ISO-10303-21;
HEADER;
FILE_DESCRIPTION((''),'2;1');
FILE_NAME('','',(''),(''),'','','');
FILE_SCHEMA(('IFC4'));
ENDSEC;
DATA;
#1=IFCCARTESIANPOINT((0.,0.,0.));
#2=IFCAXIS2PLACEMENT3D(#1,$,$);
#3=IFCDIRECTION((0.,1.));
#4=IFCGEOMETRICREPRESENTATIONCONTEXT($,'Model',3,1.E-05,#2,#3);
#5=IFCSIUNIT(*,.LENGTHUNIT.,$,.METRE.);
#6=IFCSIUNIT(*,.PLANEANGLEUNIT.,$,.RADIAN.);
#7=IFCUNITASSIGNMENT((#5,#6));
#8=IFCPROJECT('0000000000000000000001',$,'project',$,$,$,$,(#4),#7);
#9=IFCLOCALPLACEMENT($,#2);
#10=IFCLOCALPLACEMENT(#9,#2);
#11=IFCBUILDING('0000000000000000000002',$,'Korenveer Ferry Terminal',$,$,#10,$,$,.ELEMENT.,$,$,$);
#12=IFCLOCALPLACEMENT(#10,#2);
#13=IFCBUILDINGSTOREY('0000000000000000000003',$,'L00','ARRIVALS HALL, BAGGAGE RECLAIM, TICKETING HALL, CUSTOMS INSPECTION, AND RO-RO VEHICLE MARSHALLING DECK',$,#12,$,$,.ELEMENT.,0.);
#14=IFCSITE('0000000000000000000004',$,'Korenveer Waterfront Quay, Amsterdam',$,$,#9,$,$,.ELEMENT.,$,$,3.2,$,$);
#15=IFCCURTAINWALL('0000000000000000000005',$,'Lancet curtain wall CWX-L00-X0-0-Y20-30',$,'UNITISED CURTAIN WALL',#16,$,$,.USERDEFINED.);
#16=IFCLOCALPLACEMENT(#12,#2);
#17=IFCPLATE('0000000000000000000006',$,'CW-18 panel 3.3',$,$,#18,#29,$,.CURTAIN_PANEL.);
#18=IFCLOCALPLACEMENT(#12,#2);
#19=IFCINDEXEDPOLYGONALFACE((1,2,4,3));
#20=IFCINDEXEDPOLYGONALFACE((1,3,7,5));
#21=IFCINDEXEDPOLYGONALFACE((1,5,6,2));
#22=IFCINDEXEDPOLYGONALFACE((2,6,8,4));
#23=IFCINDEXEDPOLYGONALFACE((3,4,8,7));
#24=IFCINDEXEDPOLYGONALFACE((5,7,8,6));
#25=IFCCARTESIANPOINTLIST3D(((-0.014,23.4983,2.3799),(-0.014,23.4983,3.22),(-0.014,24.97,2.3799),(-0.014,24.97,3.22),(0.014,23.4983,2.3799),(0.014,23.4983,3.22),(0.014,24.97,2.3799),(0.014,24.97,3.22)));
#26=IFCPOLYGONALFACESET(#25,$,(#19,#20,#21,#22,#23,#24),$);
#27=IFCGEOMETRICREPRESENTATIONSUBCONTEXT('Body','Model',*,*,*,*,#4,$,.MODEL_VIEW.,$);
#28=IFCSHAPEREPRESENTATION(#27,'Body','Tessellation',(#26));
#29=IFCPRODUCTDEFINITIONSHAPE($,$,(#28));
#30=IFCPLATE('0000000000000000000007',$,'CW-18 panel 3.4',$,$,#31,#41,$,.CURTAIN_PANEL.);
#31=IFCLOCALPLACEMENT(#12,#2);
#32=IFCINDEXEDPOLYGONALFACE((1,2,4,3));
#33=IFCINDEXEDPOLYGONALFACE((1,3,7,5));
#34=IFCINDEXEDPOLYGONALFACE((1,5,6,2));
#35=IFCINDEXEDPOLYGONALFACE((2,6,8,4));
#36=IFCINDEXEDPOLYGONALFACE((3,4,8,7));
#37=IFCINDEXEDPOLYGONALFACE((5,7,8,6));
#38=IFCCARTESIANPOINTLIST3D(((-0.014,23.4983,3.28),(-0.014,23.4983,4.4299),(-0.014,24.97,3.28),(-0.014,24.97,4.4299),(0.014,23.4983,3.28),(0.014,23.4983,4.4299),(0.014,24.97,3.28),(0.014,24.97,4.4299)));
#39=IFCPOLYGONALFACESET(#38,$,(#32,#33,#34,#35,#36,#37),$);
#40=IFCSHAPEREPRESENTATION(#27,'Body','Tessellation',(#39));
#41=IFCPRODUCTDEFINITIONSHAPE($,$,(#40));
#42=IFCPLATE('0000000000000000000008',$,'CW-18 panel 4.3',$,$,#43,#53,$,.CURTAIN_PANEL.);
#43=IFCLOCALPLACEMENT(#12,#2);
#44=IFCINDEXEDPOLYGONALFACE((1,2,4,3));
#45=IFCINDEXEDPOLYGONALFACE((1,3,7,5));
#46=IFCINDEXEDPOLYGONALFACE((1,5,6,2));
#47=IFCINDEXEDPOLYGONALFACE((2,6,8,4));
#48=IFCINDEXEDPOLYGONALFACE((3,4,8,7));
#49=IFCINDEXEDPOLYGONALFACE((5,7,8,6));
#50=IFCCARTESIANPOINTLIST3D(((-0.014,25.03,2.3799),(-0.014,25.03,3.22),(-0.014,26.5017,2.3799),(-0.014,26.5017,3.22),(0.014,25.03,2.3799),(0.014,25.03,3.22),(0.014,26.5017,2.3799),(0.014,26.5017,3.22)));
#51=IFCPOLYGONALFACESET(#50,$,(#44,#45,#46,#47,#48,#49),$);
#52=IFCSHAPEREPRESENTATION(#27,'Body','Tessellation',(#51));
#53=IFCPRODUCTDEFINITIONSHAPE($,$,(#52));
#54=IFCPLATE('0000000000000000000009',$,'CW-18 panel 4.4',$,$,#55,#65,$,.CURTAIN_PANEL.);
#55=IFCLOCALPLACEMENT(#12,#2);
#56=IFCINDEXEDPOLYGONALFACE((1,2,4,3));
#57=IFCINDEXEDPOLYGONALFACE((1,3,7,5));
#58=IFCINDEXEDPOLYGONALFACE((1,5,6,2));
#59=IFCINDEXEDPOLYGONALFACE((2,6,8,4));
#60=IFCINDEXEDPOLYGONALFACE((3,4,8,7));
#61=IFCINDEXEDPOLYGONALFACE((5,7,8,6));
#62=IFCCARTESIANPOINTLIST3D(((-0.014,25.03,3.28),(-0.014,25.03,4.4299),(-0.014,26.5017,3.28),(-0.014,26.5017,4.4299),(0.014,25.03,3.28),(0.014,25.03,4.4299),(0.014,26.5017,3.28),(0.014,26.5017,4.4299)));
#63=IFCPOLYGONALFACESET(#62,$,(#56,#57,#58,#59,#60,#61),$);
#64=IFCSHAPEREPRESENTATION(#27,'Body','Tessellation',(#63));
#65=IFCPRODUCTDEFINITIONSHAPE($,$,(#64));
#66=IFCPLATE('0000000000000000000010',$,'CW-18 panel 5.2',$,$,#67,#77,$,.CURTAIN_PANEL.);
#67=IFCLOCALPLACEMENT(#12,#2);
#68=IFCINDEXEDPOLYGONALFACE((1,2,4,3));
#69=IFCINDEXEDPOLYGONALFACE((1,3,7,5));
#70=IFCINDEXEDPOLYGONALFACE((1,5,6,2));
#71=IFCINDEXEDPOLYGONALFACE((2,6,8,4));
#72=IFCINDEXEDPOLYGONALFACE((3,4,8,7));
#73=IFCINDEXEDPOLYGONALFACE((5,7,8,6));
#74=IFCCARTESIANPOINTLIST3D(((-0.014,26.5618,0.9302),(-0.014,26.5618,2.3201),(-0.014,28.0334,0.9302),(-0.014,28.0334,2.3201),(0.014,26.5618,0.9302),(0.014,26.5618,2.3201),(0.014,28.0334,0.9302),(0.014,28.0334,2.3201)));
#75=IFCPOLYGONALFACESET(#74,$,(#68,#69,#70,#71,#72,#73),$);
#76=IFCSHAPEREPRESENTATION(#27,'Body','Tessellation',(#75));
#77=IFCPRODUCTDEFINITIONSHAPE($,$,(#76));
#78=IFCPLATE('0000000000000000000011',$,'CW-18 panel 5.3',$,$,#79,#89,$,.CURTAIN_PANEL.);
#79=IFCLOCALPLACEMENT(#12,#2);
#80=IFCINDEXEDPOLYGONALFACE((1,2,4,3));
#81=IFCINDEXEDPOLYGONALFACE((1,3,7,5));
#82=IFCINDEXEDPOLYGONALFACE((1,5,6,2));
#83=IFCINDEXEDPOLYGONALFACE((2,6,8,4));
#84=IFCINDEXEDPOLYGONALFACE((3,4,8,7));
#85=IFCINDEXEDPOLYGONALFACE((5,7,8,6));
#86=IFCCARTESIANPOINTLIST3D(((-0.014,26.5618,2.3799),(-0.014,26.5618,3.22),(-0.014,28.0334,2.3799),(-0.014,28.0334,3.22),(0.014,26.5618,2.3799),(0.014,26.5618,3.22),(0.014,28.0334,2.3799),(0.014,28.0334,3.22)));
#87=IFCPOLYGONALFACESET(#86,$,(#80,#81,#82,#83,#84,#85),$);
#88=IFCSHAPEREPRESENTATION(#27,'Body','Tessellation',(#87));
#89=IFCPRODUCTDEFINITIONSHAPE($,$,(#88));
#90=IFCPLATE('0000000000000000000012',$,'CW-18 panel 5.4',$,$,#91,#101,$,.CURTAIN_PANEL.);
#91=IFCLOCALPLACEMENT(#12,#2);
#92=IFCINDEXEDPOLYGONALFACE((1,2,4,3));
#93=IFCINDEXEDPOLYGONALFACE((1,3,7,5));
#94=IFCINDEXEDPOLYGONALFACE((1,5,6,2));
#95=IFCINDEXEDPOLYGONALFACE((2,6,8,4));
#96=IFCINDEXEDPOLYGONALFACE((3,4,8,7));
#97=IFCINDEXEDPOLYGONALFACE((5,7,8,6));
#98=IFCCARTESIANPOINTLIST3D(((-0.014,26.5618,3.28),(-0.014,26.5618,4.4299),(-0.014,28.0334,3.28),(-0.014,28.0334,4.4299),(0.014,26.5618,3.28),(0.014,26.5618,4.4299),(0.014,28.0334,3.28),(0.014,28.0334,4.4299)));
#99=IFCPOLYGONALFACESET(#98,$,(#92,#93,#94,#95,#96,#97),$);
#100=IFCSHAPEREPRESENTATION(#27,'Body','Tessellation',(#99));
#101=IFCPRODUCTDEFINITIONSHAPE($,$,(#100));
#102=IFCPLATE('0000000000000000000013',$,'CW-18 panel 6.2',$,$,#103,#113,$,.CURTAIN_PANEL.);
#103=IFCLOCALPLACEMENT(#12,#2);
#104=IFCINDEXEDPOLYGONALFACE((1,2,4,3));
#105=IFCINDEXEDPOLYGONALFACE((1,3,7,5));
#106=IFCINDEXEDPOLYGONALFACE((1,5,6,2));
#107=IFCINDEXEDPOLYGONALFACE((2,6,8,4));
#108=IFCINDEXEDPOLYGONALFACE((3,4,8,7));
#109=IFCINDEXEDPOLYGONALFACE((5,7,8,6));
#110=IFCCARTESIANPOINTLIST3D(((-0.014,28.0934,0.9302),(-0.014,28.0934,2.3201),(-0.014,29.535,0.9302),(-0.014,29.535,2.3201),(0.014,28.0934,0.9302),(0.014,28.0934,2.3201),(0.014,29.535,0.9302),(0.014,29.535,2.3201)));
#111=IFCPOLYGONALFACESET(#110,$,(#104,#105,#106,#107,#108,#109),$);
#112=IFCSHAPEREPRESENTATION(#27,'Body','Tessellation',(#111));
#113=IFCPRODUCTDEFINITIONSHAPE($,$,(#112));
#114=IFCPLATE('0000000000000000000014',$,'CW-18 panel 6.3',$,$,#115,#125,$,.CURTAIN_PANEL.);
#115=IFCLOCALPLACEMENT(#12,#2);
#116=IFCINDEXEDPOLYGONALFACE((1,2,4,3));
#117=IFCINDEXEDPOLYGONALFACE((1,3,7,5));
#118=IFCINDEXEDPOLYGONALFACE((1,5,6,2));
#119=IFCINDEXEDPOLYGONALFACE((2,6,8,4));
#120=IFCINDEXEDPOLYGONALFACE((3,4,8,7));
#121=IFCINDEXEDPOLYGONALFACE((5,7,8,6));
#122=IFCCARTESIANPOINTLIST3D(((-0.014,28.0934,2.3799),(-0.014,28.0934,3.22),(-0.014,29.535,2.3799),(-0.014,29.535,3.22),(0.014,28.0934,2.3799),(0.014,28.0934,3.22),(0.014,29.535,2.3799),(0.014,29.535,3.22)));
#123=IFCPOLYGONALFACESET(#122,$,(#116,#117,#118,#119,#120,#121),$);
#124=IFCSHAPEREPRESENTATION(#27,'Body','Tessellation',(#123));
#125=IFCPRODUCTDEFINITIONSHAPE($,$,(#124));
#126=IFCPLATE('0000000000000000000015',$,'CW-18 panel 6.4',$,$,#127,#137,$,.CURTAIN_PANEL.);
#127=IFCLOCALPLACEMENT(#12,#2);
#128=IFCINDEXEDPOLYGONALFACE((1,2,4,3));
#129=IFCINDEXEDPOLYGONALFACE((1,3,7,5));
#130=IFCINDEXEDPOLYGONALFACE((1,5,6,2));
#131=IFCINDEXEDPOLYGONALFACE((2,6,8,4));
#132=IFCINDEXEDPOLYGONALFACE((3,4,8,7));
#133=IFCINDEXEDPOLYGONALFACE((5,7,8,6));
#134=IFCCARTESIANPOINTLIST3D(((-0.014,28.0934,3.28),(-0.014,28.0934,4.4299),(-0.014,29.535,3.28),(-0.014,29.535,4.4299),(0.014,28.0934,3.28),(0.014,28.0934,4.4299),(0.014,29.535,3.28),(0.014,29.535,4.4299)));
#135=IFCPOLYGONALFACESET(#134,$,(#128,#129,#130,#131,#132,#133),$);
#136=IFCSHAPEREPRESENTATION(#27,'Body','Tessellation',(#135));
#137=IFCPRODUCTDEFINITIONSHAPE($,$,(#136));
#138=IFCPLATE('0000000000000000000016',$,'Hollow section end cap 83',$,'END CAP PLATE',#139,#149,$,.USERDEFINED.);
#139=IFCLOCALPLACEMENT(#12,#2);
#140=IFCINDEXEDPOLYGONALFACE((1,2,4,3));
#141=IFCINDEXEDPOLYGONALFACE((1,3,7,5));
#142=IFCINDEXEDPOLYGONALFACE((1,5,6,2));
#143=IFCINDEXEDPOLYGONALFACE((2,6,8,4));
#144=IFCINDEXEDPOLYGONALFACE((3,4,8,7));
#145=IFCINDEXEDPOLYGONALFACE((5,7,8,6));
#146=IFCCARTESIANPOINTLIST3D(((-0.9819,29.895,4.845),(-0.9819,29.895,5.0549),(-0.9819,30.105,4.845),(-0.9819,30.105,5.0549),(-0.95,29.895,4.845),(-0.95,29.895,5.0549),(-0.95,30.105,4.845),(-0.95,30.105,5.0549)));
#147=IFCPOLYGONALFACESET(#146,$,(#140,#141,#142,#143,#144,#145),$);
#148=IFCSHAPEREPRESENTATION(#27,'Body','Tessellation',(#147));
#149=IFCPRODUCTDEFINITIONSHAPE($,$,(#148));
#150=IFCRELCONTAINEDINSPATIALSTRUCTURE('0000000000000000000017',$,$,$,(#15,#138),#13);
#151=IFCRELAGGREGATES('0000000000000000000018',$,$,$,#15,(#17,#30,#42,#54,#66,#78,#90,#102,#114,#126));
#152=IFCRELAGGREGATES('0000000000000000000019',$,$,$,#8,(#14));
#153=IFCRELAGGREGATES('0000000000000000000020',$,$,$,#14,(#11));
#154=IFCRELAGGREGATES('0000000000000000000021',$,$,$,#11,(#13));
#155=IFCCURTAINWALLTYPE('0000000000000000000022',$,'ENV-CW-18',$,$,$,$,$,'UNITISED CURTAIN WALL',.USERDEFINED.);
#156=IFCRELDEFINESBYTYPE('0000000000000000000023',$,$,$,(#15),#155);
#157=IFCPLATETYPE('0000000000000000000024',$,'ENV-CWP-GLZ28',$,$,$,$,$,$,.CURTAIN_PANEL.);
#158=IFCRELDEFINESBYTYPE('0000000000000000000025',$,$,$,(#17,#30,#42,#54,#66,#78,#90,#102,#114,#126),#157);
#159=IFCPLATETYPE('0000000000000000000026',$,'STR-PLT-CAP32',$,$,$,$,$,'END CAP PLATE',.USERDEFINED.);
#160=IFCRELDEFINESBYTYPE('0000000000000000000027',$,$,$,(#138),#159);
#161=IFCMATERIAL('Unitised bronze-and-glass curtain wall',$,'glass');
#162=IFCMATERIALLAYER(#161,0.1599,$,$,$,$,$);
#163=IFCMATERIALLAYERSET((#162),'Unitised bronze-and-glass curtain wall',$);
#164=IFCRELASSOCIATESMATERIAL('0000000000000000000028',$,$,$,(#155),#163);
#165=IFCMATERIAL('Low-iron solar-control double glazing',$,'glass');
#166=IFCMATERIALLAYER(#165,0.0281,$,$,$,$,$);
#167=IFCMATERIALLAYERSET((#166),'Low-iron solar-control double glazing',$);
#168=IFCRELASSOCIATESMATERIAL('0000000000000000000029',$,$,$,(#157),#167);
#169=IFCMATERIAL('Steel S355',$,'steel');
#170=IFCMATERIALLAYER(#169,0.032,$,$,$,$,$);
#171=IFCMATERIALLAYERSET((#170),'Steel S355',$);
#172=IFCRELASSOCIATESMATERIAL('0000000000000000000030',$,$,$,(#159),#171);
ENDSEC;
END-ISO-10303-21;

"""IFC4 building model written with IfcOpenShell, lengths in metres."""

from ifc_helpers import new_model, si_unit, direction, frame, origin, origin_2d, place, context, subcontext, project, spatial, rectangle, extrude, material, layer, layer_set, type_object, element, aggregate, save


model = new_model("IFC4")

# Units and contexts
model_context = context("Model", 3, precision=1e-05, world=origin(), true_north=direction((0.0, 1.0)))
body_context = subcontext(model_context, "Body", "Model", "MODEL_VIEW")
ifc_project = project(units=[si_unit("LENGTHUNIT", "METRE"), si_unit("PLANEANGLEUNIT", "RADIAN")], contexts=[model_context])

# Site, building, storey
site_placement = place(None, origin())
site = spatial("IfcSite", under=ifc_project, at=site_placement, Name="Korenveer Waterfront Quay, Amsterdam", CompositionType="ELEMENT", RefElevation=3.2)
building_placement = place(site_placement, origin())
building = spatial("IfcBuilding", under=site, at=building_placement, Name="Korenveer Ferry Terminal", CompositionType="ELEMENT")
storey_placement = place(building_placement, origin())
storey = spatial("IfcBuildingStorey", under=building, at=storey_placement, Name="L00", Description="ARRIVALS HALL, BAGGAGE RECLAIM, TICKETING HALL, CUSTOMS INSPECTION, AND RO-RO VEHICLE MARSHALLING DECK", CompositionType="ELEMENT", Elevation=0.0)

# Curtain wall
ifc_material_1 = material(Name="Unitised bronze-and-glass curtain wall", Category="glass")
ifc_layer_1 = layer(ifc_material_1, 0.1599)
ifc_layer_set_1 = layer_set([ifc_layer_1], Name="Unitised bronze-and-glass curtain wall")
curtain_wall_type = type_object("IfcCurtainWallType", Name="ENV-CW-18", ElementType="UNITISED CURTAIN WALL", PredefinedType="USERDEFINED", material=ifc_layer_set_1)
curtain_wall_placement = place(storey_placement, frame((0.0, 20.405, 0.0)))
curtain_wall = element("IfcCurtainWall", 1, at=curtain_wall_placement, inside=storey, type_object=curtain_wall_type, Name="Lancet curtain wall CWX-L00-X0-0-Y20-30", ObjectType="UNITISED CURTAIN WALL", PredefinedType="USERDEFINED")

# Shared definitions
ifc_material_2 = material(Name="Steel S355", Category="steel")

# Plates
ifc_material_3 = material(Name="Low-iron solar-control double glazing", Category="glass")
ifc_layer_2 = layer(ifc_material_3, 0.0281)
ifc_layer_set_2 = layer_set([ifc_layer_2], Name="Low-iron solar-control double glazing")
plate_type_1 = type_object("IfcPlateType", Name="ENV-CWP-GLZ28", PredefinedType="CURTAIN_PANEL", material=ifc_layer_set_2)
plate_1_placement = place(storey_placement, frame((0.0, 24.2341, 2.3799), z_axis=(0.0, 0.0, 1.0), x_axis=(0.0, 1.0, 0.0)))
plate_1 = element("IfcPlate", 2, at=plate_1_placement, type_object=plate_type_1, Name="CW-18 panel 3.3", PredefinedType="CURTAIN_PANEL", context=body_context, shape_type="SweptSolid", body=[
    extrude(rectangle(XDim=1.4717, YDim=0.0281, at=origin_2d()), origin(), (0.0, 0.0, 1.0), 0.8401),
])
plate_2_placement = place(storey_placement, frame((0.0, 24.2341, 3.28), z_axis=(0.0, 0.0, 1.0), x_axis=(0.0, 1.0, 0.0)))
plate_2 = element("IfcPlate", 3, at=plate_2_placement, type_object=plate_type_1, Name="CW-18 panel 3.4", PredefinedType="CURTAIN_PANEL", context=body_context, shape_type="SweptSolid", body=[
    extrude(rectangle(XDim=1.4717, YDim=0.0281, at=origin_2d()), origin(), (0.0, 0.0, 1.0), 1.1499),
])
plate_3_placement = place(storey_placement, frame((0.0, 25.7659, 2.3799), z_axis=(0.0, 0.0, 1.0), x_axis=(0.0, 1.0, 0.0)))
plate_3 = element("IfcPlate", 4, at=plate_3_placement, type_object=plate_type_1, Name="CW-18 panel 4.3", PredefinedType="CURTAIN_PANEL", context=body_context, shape_type="SweptSolid", body=[
    extrude(rectangle(XDim=1.4717, YDim=0.0281, at=origin_2d()), origin(), (0.0, 0.0, 1.0), 0.8401),
])
plate_4_placement = place(storey_placement, frame((0.0, 25.7659, 3.28), z_axis=(0.0, 0.0, 1.0), x_axis=(0.0, 1.0, 0.0)))
plate_4 = element("IfcPlate", 5, at=plate_4_placement, type_object=plate_type_1, Name="CW-18 panel 4.4", PredefinedType="CURTAIN_PANEL", context=body_context, shape_type="SweptSolid", body=[
    extrude(rectangle(XDim=1.4717, YDim=0.0281, at=origin_2d()), origin(), (0.0, 0.0, 1.0), 1.1499),
])
plate_5_placement = place(storey_placement, frame((0.0, 27.2976, 0.9302), z_axis=(0.0, 0.0, 1.0), x_axis=(0.0, 1.0, 0.0)))
plate_5 = element("IfcPlate", 6, at=plate_5_placement, type_object=plate_type_1, Name="CW-18 panel 5.2", PredefinedType="CURTAIN_PANEL", context=body_context, shape_type="SweptSolid", body=[
    extrude(rectangle(XDim=1.4717, YDim=0.0281, at=origin_2d()), origin(), (0.0, 0.0, 1.0), 1.3899),
])
plate_6_placement = place(storey_placement, frame((0.0, 27.2976, 2.3799), z_axis=(0.0, 0.0, 1.0), x_axis=(0.0, 1.0, 0.0)))
plate_6 = element("IfcPlate", 7, at=plate_6_placement, type_object=plate_type_1, Name="CW-18 panel 5.3", PredefinedType="CURTAIN_PANEL", context=body_context, shape_type="SweptSolid", body=[
    extrude(rectangle(XDim=1.4717, YDim=0.0281, at=origin_2d()), origin(), (0.0, 0.0, 1.0), 0.8401),
])
plate_7_placement = place(storey_placement, frame((0.0, 27.2976, 3.28), z_axis=(0.0, 0.0, 1.0), x_axis=(0.0, 1.0, 0.0)))
plate_7 = element("IfcPlate", 8, at=plate_7_placement, type_object=plate_type_1, Name="CW-18 panel 5.4", PredefinedType="CURTAIN_PANEL", context=body_context, shape_type="SweptSolid", body=[
    extrude(rectangle(XDim=1.4717, YDim=0.0281, at=origin_2d()), origin(), (0.0, 0.0, 1.0), 1.1499),
])
plate_8_placement = place(storey_placement, frame((0.0, 28.8142, 0.9302), z_axis=(0.0, 0.0, 1.0), x_axis=(0.0, 1.0, 0.0)))
plate_8 = element("IfcPlate", 9, at=plate_8_placement, type_object=plate_type_1, Name="CW-18 panel 6.2", PredefinedType="CURTAIN_PANEL", context=body_context, shape_type="SweptSolid", body=[
    extrude(rectangle(XDim=1.4417, YDim=0.0281, at=origin_2d()), origin(), (0.0, 0.0, 1.0), 1.3899),
])
plate_9_placement = place(storey_placement, frame((0.0, 28.8142, 2.3799), z_axis=(0.0, 0.0, 1.0), x_axis=(0.0, 1.0, 0.0)))
plate_9 = element("IfcPlate", 10, at=plate_9_placement, type_object=plate_type_1, Name="CW-18 panel 6.3", PredefinedType="CURTAIN_PANEL", context=body_context, shape_type="SweptSolid", body=[
    extrude(rectangle(XDim=1.4417, YDim=0.0281, at=origin_2d()), origin(), (0.0, 0.0, 1.0), 0.8401),
])
plate_10_placement = place(storey_placement, frame((0.0, 28.8142, 3.28), z_axis=(0.0, 0.0, 1.0), x_axis=(0.0, 1.0, 0.0)))
plate_10 = element("IfcPlate", 11, at=plate_10_placement, type_object=plate_type_1, Name="CW-18 panel 6.4", PredefinedType="CURTAIN_PANEL", context=body_context, shape_type="SweptSolid", body=[
    extrude(rectangle(XDim=1.4417, YDim=0.0281, at=origin_2d()), origin(), (0.0, 0.0, 1.0), 1.1499),
])
aggregate(curtain_wall, [plate_1, plate_2, plate_3, plate_4, plate_5, plate_6, plate_7, plate_8, plate_9, plate_10])
ifc_layer_3 = layer(ifc_material_2, 0.032)
ifc_layer_set_3 = layer_set([ifc_layer_3], Name="Steel S355")
plate_type_2 = type_object("IfcPlateType", Name="STR-PLT-CAP32", ElementType="END CAP PLATE", PredefinedType="USERDEFINED", material=ifc_layer_set_3)
plate_11_placement = place(storey_placement, frame((-0.9819, 30.0, 4.95), z_axis=(1.0, 0.0, 0.0), x_axis=(0.0, 1.0, 0.0)))
element("IfcPlate", 12, at=plate_11_placement, inside=storey, type_object=plate_type_2, Name="Hollow section end cap 83", ObjectType="END CAP PLATE", PredefinedType="USERDEFINED", context=body_context, shape_type="SweptSolid", body=[
    extrude(rectangle(XDim=0.21, YDim=0.21, at=origin_2d()), origin(), (0.0, 0.0, 1.0), 0.032),
])

save(model, "model.ifc")
